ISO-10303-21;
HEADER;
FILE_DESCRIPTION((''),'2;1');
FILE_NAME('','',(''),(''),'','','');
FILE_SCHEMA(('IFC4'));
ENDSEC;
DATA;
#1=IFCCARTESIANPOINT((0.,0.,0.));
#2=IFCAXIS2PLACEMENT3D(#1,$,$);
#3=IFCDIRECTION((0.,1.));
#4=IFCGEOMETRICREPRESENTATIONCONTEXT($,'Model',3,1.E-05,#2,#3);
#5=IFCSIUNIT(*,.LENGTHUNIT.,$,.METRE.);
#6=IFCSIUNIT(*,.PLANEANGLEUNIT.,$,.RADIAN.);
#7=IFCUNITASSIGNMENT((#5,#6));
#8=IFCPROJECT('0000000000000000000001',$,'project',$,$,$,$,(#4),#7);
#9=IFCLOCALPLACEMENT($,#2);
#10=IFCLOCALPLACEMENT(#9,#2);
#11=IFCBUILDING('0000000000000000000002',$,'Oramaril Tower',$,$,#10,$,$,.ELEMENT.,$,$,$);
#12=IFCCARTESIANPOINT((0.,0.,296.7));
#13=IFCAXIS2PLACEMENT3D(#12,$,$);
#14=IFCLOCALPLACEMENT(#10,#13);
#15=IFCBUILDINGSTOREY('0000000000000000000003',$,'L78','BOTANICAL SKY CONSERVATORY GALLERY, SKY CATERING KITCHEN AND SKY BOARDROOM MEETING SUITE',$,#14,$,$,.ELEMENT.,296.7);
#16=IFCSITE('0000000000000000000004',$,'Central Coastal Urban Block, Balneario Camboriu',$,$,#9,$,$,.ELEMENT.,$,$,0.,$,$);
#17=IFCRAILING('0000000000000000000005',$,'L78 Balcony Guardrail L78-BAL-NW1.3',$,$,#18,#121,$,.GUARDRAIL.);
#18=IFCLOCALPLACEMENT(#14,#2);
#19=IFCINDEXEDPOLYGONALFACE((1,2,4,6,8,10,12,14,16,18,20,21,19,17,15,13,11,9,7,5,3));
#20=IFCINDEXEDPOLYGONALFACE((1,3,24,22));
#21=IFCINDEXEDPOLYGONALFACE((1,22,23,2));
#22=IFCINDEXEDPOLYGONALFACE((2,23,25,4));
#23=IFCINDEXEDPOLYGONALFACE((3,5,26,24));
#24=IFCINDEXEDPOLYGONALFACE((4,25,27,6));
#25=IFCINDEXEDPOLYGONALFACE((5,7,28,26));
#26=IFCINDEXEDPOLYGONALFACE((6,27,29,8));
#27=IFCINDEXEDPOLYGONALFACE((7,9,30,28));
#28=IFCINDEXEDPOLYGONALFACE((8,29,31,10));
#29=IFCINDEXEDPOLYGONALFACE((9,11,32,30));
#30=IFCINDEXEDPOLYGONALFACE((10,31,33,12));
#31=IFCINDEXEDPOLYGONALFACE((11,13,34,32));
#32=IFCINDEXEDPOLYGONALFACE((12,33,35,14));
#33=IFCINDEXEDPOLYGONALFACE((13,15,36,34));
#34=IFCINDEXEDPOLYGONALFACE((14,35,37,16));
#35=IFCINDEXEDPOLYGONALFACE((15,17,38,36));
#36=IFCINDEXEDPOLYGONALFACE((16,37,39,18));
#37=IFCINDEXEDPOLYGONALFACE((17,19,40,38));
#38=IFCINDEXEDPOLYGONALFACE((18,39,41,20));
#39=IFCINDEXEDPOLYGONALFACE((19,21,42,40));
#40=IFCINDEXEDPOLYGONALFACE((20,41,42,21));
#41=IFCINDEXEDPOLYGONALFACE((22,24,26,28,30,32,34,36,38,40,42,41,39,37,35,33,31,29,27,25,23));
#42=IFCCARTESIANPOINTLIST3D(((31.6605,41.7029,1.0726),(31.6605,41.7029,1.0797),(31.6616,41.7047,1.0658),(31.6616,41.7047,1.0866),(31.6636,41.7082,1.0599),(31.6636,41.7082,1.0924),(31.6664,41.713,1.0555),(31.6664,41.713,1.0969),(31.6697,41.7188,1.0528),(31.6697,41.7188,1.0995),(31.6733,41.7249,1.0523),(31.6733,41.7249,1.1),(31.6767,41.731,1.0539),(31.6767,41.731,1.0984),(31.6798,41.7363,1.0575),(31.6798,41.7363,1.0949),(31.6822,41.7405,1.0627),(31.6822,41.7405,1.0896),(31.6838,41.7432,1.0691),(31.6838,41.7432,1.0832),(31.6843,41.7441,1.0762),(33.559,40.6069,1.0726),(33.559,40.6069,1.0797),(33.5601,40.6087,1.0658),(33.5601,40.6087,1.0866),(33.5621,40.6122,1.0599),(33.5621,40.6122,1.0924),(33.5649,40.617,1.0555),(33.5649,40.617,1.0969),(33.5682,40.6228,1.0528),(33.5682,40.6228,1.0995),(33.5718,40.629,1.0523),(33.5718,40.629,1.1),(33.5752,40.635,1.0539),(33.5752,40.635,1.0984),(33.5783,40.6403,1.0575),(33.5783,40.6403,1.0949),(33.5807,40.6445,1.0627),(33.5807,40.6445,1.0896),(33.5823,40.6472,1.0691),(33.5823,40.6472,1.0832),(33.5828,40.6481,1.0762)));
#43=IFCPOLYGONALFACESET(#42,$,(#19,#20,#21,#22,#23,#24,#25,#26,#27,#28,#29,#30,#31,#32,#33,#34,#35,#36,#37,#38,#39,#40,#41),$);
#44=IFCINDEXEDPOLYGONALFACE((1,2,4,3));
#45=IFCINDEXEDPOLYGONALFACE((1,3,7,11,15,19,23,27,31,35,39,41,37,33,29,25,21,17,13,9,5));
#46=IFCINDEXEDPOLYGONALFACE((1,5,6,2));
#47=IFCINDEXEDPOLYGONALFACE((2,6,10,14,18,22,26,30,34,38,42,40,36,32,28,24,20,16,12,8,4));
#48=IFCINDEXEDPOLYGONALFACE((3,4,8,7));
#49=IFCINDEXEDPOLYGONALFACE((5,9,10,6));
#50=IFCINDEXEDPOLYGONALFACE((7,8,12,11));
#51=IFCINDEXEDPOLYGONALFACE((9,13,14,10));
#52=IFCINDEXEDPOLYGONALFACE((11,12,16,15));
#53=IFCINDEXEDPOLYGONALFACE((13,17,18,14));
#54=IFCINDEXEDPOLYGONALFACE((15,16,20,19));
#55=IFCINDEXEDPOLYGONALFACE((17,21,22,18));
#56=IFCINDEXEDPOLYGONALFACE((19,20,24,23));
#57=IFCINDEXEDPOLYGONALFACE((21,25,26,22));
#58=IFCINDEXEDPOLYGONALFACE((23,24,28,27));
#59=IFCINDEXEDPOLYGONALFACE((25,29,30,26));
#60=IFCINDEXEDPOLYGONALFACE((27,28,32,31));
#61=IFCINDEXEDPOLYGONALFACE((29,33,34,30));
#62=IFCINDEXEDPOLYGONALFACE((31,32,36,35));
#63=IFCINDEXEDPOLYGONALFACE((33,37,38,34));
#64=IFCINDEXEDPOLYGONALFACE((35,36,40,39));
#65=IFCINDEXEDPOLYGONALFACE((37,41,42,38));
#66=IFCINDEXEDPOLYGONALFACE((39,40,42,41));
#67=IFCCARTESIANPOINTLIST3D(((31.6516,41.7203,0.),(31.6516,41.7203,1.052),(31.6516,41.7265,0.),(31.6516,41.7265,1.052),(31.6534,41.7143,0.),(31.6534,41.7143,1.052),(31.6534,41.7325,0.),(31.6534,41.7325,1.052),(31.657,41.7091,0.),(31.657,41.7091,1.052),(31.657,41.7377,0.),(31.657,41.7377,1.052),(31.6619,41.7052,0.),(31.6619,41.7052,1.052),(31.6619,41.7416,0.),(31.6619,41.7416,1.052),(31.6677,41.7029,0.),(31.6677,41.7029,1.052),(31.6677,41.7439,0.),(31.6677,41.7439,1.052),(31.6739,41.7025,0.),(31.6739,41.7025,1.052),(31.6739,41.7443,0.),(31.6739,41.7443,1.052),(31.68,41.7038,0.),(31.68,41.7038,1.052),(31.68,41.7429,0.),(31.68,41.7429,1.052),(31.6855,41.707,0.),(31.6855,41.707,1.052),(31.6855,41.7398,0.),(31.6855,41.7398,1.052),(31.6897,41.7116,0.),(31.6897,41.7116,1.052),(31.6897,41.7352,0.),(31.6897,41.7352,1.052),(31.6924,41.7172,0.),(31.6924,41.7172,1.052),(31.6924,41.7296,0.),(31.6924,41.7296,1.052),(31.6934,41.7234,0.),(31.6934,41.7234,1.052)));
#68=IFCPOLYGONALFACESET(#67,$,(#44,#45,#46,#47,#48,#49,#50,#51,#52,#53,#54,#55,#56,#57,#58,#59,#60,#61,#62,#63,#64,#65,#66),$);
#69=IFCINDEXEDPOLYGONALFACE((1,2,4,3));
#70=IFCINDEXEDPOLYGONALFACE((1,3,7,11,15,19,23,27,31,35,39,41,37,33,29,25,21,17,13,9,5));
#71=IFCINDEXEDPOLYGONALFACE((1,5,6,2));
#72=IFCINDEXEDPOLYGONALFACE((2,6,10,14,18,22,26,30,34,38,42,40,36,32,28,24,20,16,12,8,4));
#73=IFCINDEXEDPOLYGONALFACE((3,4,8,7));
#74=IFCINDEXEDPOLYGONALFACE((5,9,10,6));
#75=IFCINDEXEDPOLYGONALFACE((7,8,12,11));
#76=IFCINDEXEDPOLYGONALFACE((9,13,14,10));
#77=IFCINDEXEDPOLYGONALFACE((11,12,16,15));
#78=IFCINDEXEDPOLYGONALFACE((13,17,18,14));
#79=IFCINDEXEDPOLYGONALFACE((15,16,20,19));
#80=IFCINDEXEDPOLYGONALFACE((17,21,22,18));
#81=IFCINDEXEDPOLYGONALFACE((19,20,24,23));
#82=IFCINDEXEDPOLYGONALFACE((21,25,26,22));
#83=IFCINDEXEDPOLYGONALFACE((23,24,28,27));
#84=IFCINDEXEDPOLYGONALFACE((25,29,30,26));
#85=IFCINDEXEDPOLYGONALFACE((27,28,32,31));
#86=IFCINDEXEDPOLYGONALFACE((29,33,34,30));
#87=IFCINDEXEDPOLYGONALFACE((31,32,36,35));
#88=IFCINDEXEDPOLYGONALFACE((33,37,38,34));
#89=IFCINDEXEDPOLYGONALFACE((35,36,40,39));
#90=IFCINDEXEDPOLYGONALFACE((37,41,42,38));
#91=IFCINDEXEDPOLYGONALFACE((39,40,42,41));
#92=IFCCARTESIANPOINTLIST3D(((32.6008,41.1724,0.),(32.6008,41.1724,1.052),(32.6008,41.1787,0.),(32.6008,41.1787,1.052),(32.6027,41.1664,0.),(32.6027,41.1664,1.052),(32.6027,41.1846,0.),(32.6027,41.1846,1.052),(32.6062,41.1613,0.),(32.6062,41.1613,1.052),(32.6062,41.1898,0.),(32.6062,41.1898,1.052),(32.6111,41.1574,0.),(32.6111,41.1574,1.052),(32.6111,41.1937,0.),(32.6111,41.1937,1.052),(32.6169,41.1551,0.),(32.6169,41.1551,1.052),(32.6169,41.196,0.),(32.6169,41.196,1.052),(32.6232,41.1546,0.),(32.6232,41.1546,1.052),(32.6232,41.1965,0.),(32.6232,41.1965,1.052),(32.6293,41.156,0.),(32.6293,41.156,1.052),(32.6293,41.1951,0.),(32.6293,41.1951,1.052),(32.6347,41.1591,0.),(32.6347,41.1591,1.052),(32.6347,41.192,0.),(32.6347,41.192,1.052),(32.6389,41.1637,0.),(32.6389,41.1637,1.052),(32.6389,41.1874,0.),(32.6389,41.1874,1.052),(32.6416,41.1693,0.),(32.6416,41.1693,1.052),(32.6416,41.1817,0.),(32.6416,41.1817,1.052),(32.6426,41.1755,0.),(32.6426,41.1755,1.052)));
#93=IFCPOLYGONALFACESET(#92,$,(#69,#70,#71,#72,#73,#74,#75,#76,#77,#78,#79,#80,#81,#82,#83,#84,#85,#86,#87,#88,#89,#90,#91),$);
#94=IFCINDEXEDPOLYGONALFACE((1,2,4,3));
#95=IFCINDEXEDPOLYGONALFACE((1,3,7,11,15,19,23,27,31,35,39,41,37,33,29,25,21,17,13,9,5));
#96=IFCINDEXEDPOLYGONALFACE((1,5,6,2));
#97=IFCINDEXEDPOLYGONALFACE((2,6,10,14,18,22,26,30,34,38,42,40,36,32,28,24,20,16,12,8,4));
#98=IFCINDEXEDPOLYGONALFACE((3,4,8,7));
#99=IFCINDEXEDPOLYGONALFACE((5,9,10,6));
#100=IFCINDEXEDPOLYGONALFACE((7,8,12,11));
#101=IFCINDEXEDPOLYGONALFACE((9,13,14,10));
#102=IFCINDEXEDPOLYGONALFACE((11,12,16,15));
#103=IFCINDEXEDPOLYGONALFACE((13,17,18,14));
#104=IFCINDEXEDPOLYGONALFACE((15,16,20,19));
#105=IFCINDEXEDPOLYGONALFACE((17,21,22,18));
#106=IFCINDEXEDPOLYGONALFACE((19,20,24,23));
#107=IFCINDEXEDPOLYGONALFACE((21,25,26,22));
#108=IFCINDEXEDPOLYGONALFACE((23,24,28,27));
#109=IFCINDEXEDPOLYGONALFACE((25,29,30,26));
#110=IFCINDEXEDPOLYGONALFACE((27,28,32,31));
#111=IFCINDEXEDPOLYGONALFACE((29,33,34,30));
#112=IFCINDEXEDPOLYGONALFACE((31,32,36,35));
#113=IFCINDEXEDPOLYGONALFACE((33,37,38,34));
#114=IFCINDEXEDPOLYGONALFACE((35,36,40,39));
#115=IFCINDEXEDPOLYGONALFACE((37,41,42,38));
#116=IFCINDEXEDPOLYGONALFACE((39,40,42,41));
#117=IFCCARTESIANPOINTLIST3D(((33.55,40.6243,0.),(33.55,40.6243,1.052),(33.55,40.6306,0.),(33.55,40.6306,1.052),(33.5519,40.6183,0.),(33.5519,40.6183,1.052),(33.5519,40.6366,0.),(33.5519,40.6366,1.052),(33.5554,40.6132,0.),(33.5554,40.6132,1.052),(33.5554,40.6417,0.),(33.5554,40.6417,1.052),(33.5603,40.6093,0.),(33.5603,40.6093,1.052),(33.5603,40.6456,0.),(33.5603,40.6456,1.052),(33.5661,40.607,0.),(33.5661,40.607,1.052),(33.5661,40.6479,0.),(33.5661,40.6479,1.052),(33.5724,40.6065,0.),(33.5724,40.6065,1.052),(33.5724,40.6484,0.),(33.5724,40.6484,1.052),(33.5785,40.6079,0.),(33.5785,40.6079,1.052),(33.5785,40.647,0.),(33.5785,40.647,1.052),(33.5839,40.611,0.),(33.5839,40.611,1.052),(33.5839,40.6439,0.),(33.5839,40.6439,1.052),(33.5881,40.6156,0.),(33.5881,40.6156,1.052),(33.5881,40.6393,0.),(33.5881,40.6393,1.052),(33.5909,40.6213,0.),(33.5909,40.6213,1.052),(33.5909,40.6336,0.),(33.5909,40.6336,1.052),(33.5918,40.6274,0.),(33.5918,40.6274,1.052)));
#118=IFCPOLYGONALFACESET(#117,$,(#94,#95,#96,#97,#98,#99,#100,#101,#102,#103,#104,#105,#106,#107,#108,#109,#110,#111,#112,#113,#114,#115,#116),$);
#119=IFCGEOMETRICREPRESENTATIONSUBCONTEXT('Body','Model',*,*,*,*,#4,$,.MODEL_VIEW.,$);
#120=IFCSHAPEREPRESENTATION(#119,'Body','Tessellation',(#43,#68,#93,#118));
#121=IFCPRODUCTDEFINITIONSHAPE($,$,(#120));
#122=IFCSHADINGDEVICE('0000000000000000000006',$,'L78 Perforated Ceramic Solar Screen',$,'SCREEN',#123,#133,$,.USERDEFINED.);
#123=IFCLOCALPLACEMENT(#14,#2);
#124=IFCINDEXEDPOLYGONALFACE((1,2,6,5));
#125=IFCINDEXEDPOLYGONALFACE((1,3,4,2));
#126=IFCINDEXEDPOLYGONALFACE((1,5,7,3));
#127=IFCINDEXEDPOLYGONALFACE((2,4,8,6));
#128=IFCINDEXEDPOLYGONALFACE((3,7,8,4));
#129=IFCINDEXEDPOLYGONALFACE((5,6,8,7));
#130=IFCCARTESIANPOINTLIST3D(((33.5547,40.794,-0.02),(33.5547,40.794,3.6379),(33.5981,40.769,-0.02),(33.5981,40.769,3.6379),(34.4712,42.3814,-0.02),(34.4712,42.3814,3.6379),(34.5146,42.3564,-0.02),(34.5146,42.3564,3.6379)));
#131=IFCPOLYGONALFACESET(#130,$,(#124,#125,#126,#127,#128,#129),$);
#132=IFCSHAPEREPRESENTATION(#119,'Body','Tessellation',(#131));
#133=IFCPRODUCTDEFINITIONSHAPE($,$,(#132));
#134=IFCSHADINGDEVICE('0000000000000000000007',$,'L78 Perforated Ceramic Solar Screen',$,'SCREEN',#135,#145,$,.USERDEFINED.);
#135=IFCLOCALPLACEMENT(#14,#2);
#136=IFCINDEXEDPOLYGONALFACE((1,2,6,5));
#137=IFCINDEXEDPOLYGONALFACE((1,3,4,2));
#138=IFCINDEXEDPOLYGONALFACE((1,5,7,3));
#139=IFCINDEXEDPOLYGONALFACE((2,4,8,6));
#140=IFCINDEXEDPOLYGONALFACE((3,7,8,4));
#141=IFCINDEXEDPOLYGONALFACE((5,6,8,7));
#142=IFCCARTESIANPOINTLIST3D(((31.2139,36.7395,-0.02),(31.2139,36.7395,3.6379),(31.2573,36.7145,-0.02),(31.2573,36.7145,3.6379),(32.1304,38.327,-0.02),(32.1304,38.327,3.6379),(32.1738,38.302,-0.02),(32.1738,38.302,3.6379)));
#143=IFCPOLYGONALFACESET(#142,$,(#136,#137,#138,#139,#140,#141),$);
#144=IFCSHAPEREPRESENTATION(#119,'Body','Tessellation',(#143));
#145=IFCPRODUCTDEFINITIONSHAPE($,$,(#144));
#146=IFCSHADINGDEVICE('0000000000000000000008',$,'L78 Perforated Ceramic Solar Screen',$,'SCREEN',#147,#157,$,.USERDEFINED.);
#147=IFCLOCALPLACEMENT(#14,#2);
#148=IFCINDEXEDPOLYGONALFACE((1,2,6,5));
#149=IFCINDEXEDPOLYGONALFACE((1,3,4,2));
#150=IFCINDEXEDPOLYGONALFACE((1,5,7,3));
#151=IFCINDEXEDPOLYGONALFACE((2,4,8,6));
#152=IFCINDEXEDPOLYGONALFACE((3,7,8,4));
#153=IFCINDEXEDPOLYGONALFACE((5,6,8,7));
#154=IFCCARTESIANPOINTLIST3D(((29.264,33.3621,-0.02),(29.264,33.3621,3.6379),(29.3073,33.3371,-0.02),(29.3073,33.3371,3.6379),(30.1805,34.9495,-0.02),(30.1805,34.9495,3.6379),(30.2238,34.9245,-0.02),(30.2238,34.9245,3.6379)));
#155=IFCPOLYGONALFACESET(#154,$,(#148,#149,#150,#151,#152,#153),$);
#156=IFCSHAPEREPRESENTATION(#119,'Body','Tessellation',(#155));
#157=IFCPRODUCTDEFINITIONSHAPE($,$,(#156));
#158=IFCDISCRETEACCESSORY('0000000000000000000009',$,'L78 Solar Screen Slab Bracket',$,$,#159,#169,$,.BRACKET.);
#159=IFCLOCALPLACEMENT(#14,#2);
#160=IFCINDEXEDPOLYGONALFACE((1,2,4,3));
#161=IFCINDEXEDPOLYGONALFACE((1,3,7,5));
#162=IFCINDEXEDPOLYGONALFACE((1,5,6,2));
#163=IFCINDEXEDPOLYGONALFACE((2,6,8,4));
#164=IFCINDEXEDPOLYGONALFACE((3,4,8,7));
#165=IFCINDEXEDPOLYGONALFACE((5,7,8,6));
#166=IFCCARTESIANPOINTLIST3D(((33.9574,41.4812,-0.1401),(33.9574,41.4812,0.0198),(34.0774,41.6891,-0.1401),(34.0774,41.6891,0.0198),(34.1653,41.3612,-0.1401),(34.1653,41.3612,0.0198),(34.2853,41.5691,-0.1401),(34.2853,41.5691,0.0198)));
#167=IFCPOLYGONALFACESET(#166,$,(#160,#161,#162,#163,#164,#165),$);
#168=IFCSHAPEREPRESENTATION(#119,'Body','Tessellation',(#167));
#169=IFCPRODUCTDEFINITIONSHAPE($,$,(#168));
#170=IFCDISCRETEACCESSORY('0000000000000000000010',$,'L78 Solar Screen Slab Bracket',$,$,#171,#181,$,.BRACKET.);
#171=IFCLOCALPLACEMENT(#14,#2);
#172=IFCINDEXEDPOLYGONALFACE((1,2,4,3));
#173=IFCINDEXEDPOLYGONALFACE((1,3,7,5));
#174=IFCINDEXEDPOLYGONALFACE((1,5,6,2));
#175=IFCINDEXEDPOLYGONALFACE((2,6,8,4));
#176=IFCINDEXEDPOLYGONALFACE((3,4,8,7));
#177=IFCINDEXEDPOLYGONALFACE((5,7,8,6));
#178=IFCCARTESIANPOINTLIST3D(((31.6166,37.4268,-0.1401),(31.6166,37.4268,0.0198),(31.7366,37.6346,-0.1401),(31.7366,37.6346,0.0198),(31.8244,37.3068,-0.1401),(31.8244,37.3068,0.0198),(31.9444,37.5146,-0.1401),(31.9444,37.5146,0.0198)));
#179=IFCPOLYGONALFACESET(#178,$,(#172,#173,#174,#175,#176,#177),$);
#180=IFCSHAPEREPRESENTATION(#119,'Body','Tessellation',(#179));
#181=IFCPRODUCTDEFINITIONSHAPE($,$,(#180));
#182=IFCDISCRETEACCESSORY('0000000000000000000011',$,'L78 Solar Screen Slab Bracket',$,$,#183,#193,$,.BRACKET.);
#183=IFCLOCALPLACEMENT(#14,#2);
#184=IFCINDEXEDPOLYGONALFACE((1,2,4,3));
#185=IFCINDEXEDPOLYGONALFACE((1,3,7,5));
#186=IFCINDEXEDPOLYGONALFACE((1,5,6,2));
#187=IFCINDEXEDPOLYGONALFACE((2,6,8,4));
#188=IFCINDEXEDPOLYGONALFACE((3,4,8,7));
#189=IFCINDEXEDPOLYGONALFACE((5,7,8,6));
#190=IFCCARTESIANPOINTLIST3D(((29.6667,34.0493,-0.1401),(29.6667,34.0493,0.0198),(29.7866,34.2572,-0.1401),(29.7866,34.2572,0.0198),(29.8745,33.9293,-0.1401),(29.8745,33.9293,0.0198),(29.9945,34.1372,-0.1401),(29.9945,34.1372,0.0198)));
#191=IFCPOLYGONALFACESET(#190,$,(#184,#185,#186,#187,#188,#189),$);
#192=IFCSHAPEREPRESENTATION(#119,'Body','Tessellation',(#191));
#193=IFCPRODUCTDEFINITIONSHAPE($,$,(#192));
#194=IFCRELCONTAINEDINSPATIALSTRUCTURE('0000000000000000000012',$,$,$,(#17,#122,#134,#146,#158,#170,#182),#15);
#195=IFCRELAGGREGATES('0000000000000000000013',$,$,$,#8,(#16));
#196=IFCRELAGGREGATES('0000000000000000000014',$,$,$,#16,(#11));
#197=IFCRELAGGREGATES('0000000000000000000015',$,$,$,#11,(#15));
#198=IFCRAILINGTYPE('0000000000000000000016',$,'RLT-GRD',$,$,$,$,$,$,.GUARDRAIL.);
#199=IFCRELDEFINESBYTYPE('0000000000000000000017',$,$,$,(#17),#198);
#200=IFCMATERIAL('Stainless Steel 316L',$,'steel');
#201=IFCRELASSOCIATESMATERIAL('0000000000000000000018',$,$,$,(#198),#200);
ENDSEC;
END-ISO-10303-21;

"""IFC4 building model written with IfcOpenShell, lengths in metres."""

from ifc_helpers import new_model, si_unit, direction, frame, origin, origin_2d, place, context, subcontext, project, spatial, rectangle, circle, extrude, material, type_object, element, save


model = new_model("IFC4")

# Units and contexts
model_context = context("Model", 3, precision=1e-05, world=origin(), true_north=direction((0.0, 1.0)))
body_context = subcontext(model_context, "Body", "Model", "MODEL_VIEW")
ifc_project = project(units=[si_unit("LENGTHUNIT", "METRE"), si_unit("PLANEANGLEUNIT", "RADIAN")], contexts=[model_context])

# Site, building, storey
site_placement = place(None, origin())
site = spatial("IfcSite", under=ifc_project, at=site_placement, Name="Central Coastal Urban Block, Balneario Camboriu", CompositionType="ELEMENT", RefElevation=0.0)
building_placement = place(site_placement, origin())
building = spatial("IfcBuilding", under=site, at=building_placement, Name="Oramaril Tower", CompositionType="ELEMENT")
storey_placement = place(building_placement, frame((0.0, 0.0, 296.7)))
storey = spatial("IfcBuildingStorey", under=building, at=storey_placement, Name="L78", Description="BOTANICAL SKY CONSERVATORY GALLERY, SKY CATERING KITCHEN AND SKY BOARDROOM MEETING SUITE", CompositionType="ELEMENT", Elevation=296.7)

# Railing
ifc_material_1 = material(Name="Stainless Steel 316L", Category="steel")
railing_type = type_object("IfcRailingType", Name="RLT-GRD", PredefinedType="GUARDRAIL", material=ifc_material_1)
railing_1_placement = place(storey_placement, frame((31.6724, 41.7234, 0.0)))
element("IfcRailing", 1, at=railing_1_placement, inside=storey, type_object=railing_type, Name="L78 Balcony Guardrail L78-BAL-NW1.3", PredefinedType="GUARDRAIL", context=body_context, shape_type="SweptSolid", body=[
    extrude(circle(Radius=0.0239, at=origin_2d()), frame((0.0, 0.0, 1.0762), z_axis=(0.866048, -0.49996, 0.0), x_axis=(0.49996, 0.866048, 0.0)), (0.0, 0.0, 1.0), 2.1921),
    extrude(circle(Radius=0.021, at=origin_2d()), origin(), (0.0, 0.0, 1.0), 1.052),
    extrude(circle(Radius=0.021, at=origin_2d()), frame((0.9492, -0.5479, 0.0)), (0.0, 0.0, 1.0), 1.052),
    extrude(circle(Radius=0.021, at=origin_2d()), frame((1.8984, -1.0959, 0.0)), (0.0, 0.0, 1.0), 1.052),
])

# Shading devices
for number, where, z_axis, x_axis, name in (
    (2, (34.0347, 41.5752, -0.02), (0.0, 0.0, 1.0), (-0.499997, -0.866027, 0.0), "L78 Perforated Ceramic Solar Screen"),
    (3, (31.6938, 37.5208, -0.02), (0.0, 0.0, 1.0), (-0.499997, -0.866027, 0.0), "L78 Perforated Ceramic Solar Screen"),
    (4, (29.7439, 34.1433, -0.02), (0.0, 0.0, 1.0), (-0.499997, -0.866027, 0.0), "L78 Perforated Ceramic Solar Screen"),
):
    element("IfcShadingDevice", number, at=place(storey_placement, frame(where, z_axis=z_axis, x_axis=x_axis)), inside=storey, Name=name, ObjectType="SCREEN", PredefinedType="USERDEFINED", context=body_context, shape_type="SweptSolid", body=[
        extrude(rectangle(XDim=1.833, YDim=0.05, at=origin_2d()), origin(), (0.0, 0.0, 1.0), 3.658),
    ])

# Discrete accessories
for number, where, z_axis, x_axis, name in (
    (5, (34.1213, 41.5251, -0.1401), (0.0, 0.0, 1.0), (-0.499997, -0.866027, 0.0), "L78 Solar Screen Slab Bracket"),
    (6, (31.7805, 37.4707, -0.1401), (0.0, 0.0, 1.0), (-0.499997, -0.866027, 0.0), "L78 Solar Screen Slab Bracket"),
    (7, (29.8306, 34.0933, -0.1401), (0.0, 0.0, 1.0), (-0.499997, -0.866027, 0.0), "L78 Solar Screen Slab Bracket"),
):
    element("IfcDiscreteAccessory", number, at=place(storey_placement, frame(where, z_axis=z_axis, x_axis=x_axis)), inside=storey, Name=name, PredefinedType="BRACKET", context=body_context, shape_type="SweptSolid", body=[
        extrude(rectangle(XDim=0.24, YDim=0.24, at=origin_2d()), origin(), (0.0, 0.0, 1.0), 0.1599),
    ])

save(model, "model.ifc")
